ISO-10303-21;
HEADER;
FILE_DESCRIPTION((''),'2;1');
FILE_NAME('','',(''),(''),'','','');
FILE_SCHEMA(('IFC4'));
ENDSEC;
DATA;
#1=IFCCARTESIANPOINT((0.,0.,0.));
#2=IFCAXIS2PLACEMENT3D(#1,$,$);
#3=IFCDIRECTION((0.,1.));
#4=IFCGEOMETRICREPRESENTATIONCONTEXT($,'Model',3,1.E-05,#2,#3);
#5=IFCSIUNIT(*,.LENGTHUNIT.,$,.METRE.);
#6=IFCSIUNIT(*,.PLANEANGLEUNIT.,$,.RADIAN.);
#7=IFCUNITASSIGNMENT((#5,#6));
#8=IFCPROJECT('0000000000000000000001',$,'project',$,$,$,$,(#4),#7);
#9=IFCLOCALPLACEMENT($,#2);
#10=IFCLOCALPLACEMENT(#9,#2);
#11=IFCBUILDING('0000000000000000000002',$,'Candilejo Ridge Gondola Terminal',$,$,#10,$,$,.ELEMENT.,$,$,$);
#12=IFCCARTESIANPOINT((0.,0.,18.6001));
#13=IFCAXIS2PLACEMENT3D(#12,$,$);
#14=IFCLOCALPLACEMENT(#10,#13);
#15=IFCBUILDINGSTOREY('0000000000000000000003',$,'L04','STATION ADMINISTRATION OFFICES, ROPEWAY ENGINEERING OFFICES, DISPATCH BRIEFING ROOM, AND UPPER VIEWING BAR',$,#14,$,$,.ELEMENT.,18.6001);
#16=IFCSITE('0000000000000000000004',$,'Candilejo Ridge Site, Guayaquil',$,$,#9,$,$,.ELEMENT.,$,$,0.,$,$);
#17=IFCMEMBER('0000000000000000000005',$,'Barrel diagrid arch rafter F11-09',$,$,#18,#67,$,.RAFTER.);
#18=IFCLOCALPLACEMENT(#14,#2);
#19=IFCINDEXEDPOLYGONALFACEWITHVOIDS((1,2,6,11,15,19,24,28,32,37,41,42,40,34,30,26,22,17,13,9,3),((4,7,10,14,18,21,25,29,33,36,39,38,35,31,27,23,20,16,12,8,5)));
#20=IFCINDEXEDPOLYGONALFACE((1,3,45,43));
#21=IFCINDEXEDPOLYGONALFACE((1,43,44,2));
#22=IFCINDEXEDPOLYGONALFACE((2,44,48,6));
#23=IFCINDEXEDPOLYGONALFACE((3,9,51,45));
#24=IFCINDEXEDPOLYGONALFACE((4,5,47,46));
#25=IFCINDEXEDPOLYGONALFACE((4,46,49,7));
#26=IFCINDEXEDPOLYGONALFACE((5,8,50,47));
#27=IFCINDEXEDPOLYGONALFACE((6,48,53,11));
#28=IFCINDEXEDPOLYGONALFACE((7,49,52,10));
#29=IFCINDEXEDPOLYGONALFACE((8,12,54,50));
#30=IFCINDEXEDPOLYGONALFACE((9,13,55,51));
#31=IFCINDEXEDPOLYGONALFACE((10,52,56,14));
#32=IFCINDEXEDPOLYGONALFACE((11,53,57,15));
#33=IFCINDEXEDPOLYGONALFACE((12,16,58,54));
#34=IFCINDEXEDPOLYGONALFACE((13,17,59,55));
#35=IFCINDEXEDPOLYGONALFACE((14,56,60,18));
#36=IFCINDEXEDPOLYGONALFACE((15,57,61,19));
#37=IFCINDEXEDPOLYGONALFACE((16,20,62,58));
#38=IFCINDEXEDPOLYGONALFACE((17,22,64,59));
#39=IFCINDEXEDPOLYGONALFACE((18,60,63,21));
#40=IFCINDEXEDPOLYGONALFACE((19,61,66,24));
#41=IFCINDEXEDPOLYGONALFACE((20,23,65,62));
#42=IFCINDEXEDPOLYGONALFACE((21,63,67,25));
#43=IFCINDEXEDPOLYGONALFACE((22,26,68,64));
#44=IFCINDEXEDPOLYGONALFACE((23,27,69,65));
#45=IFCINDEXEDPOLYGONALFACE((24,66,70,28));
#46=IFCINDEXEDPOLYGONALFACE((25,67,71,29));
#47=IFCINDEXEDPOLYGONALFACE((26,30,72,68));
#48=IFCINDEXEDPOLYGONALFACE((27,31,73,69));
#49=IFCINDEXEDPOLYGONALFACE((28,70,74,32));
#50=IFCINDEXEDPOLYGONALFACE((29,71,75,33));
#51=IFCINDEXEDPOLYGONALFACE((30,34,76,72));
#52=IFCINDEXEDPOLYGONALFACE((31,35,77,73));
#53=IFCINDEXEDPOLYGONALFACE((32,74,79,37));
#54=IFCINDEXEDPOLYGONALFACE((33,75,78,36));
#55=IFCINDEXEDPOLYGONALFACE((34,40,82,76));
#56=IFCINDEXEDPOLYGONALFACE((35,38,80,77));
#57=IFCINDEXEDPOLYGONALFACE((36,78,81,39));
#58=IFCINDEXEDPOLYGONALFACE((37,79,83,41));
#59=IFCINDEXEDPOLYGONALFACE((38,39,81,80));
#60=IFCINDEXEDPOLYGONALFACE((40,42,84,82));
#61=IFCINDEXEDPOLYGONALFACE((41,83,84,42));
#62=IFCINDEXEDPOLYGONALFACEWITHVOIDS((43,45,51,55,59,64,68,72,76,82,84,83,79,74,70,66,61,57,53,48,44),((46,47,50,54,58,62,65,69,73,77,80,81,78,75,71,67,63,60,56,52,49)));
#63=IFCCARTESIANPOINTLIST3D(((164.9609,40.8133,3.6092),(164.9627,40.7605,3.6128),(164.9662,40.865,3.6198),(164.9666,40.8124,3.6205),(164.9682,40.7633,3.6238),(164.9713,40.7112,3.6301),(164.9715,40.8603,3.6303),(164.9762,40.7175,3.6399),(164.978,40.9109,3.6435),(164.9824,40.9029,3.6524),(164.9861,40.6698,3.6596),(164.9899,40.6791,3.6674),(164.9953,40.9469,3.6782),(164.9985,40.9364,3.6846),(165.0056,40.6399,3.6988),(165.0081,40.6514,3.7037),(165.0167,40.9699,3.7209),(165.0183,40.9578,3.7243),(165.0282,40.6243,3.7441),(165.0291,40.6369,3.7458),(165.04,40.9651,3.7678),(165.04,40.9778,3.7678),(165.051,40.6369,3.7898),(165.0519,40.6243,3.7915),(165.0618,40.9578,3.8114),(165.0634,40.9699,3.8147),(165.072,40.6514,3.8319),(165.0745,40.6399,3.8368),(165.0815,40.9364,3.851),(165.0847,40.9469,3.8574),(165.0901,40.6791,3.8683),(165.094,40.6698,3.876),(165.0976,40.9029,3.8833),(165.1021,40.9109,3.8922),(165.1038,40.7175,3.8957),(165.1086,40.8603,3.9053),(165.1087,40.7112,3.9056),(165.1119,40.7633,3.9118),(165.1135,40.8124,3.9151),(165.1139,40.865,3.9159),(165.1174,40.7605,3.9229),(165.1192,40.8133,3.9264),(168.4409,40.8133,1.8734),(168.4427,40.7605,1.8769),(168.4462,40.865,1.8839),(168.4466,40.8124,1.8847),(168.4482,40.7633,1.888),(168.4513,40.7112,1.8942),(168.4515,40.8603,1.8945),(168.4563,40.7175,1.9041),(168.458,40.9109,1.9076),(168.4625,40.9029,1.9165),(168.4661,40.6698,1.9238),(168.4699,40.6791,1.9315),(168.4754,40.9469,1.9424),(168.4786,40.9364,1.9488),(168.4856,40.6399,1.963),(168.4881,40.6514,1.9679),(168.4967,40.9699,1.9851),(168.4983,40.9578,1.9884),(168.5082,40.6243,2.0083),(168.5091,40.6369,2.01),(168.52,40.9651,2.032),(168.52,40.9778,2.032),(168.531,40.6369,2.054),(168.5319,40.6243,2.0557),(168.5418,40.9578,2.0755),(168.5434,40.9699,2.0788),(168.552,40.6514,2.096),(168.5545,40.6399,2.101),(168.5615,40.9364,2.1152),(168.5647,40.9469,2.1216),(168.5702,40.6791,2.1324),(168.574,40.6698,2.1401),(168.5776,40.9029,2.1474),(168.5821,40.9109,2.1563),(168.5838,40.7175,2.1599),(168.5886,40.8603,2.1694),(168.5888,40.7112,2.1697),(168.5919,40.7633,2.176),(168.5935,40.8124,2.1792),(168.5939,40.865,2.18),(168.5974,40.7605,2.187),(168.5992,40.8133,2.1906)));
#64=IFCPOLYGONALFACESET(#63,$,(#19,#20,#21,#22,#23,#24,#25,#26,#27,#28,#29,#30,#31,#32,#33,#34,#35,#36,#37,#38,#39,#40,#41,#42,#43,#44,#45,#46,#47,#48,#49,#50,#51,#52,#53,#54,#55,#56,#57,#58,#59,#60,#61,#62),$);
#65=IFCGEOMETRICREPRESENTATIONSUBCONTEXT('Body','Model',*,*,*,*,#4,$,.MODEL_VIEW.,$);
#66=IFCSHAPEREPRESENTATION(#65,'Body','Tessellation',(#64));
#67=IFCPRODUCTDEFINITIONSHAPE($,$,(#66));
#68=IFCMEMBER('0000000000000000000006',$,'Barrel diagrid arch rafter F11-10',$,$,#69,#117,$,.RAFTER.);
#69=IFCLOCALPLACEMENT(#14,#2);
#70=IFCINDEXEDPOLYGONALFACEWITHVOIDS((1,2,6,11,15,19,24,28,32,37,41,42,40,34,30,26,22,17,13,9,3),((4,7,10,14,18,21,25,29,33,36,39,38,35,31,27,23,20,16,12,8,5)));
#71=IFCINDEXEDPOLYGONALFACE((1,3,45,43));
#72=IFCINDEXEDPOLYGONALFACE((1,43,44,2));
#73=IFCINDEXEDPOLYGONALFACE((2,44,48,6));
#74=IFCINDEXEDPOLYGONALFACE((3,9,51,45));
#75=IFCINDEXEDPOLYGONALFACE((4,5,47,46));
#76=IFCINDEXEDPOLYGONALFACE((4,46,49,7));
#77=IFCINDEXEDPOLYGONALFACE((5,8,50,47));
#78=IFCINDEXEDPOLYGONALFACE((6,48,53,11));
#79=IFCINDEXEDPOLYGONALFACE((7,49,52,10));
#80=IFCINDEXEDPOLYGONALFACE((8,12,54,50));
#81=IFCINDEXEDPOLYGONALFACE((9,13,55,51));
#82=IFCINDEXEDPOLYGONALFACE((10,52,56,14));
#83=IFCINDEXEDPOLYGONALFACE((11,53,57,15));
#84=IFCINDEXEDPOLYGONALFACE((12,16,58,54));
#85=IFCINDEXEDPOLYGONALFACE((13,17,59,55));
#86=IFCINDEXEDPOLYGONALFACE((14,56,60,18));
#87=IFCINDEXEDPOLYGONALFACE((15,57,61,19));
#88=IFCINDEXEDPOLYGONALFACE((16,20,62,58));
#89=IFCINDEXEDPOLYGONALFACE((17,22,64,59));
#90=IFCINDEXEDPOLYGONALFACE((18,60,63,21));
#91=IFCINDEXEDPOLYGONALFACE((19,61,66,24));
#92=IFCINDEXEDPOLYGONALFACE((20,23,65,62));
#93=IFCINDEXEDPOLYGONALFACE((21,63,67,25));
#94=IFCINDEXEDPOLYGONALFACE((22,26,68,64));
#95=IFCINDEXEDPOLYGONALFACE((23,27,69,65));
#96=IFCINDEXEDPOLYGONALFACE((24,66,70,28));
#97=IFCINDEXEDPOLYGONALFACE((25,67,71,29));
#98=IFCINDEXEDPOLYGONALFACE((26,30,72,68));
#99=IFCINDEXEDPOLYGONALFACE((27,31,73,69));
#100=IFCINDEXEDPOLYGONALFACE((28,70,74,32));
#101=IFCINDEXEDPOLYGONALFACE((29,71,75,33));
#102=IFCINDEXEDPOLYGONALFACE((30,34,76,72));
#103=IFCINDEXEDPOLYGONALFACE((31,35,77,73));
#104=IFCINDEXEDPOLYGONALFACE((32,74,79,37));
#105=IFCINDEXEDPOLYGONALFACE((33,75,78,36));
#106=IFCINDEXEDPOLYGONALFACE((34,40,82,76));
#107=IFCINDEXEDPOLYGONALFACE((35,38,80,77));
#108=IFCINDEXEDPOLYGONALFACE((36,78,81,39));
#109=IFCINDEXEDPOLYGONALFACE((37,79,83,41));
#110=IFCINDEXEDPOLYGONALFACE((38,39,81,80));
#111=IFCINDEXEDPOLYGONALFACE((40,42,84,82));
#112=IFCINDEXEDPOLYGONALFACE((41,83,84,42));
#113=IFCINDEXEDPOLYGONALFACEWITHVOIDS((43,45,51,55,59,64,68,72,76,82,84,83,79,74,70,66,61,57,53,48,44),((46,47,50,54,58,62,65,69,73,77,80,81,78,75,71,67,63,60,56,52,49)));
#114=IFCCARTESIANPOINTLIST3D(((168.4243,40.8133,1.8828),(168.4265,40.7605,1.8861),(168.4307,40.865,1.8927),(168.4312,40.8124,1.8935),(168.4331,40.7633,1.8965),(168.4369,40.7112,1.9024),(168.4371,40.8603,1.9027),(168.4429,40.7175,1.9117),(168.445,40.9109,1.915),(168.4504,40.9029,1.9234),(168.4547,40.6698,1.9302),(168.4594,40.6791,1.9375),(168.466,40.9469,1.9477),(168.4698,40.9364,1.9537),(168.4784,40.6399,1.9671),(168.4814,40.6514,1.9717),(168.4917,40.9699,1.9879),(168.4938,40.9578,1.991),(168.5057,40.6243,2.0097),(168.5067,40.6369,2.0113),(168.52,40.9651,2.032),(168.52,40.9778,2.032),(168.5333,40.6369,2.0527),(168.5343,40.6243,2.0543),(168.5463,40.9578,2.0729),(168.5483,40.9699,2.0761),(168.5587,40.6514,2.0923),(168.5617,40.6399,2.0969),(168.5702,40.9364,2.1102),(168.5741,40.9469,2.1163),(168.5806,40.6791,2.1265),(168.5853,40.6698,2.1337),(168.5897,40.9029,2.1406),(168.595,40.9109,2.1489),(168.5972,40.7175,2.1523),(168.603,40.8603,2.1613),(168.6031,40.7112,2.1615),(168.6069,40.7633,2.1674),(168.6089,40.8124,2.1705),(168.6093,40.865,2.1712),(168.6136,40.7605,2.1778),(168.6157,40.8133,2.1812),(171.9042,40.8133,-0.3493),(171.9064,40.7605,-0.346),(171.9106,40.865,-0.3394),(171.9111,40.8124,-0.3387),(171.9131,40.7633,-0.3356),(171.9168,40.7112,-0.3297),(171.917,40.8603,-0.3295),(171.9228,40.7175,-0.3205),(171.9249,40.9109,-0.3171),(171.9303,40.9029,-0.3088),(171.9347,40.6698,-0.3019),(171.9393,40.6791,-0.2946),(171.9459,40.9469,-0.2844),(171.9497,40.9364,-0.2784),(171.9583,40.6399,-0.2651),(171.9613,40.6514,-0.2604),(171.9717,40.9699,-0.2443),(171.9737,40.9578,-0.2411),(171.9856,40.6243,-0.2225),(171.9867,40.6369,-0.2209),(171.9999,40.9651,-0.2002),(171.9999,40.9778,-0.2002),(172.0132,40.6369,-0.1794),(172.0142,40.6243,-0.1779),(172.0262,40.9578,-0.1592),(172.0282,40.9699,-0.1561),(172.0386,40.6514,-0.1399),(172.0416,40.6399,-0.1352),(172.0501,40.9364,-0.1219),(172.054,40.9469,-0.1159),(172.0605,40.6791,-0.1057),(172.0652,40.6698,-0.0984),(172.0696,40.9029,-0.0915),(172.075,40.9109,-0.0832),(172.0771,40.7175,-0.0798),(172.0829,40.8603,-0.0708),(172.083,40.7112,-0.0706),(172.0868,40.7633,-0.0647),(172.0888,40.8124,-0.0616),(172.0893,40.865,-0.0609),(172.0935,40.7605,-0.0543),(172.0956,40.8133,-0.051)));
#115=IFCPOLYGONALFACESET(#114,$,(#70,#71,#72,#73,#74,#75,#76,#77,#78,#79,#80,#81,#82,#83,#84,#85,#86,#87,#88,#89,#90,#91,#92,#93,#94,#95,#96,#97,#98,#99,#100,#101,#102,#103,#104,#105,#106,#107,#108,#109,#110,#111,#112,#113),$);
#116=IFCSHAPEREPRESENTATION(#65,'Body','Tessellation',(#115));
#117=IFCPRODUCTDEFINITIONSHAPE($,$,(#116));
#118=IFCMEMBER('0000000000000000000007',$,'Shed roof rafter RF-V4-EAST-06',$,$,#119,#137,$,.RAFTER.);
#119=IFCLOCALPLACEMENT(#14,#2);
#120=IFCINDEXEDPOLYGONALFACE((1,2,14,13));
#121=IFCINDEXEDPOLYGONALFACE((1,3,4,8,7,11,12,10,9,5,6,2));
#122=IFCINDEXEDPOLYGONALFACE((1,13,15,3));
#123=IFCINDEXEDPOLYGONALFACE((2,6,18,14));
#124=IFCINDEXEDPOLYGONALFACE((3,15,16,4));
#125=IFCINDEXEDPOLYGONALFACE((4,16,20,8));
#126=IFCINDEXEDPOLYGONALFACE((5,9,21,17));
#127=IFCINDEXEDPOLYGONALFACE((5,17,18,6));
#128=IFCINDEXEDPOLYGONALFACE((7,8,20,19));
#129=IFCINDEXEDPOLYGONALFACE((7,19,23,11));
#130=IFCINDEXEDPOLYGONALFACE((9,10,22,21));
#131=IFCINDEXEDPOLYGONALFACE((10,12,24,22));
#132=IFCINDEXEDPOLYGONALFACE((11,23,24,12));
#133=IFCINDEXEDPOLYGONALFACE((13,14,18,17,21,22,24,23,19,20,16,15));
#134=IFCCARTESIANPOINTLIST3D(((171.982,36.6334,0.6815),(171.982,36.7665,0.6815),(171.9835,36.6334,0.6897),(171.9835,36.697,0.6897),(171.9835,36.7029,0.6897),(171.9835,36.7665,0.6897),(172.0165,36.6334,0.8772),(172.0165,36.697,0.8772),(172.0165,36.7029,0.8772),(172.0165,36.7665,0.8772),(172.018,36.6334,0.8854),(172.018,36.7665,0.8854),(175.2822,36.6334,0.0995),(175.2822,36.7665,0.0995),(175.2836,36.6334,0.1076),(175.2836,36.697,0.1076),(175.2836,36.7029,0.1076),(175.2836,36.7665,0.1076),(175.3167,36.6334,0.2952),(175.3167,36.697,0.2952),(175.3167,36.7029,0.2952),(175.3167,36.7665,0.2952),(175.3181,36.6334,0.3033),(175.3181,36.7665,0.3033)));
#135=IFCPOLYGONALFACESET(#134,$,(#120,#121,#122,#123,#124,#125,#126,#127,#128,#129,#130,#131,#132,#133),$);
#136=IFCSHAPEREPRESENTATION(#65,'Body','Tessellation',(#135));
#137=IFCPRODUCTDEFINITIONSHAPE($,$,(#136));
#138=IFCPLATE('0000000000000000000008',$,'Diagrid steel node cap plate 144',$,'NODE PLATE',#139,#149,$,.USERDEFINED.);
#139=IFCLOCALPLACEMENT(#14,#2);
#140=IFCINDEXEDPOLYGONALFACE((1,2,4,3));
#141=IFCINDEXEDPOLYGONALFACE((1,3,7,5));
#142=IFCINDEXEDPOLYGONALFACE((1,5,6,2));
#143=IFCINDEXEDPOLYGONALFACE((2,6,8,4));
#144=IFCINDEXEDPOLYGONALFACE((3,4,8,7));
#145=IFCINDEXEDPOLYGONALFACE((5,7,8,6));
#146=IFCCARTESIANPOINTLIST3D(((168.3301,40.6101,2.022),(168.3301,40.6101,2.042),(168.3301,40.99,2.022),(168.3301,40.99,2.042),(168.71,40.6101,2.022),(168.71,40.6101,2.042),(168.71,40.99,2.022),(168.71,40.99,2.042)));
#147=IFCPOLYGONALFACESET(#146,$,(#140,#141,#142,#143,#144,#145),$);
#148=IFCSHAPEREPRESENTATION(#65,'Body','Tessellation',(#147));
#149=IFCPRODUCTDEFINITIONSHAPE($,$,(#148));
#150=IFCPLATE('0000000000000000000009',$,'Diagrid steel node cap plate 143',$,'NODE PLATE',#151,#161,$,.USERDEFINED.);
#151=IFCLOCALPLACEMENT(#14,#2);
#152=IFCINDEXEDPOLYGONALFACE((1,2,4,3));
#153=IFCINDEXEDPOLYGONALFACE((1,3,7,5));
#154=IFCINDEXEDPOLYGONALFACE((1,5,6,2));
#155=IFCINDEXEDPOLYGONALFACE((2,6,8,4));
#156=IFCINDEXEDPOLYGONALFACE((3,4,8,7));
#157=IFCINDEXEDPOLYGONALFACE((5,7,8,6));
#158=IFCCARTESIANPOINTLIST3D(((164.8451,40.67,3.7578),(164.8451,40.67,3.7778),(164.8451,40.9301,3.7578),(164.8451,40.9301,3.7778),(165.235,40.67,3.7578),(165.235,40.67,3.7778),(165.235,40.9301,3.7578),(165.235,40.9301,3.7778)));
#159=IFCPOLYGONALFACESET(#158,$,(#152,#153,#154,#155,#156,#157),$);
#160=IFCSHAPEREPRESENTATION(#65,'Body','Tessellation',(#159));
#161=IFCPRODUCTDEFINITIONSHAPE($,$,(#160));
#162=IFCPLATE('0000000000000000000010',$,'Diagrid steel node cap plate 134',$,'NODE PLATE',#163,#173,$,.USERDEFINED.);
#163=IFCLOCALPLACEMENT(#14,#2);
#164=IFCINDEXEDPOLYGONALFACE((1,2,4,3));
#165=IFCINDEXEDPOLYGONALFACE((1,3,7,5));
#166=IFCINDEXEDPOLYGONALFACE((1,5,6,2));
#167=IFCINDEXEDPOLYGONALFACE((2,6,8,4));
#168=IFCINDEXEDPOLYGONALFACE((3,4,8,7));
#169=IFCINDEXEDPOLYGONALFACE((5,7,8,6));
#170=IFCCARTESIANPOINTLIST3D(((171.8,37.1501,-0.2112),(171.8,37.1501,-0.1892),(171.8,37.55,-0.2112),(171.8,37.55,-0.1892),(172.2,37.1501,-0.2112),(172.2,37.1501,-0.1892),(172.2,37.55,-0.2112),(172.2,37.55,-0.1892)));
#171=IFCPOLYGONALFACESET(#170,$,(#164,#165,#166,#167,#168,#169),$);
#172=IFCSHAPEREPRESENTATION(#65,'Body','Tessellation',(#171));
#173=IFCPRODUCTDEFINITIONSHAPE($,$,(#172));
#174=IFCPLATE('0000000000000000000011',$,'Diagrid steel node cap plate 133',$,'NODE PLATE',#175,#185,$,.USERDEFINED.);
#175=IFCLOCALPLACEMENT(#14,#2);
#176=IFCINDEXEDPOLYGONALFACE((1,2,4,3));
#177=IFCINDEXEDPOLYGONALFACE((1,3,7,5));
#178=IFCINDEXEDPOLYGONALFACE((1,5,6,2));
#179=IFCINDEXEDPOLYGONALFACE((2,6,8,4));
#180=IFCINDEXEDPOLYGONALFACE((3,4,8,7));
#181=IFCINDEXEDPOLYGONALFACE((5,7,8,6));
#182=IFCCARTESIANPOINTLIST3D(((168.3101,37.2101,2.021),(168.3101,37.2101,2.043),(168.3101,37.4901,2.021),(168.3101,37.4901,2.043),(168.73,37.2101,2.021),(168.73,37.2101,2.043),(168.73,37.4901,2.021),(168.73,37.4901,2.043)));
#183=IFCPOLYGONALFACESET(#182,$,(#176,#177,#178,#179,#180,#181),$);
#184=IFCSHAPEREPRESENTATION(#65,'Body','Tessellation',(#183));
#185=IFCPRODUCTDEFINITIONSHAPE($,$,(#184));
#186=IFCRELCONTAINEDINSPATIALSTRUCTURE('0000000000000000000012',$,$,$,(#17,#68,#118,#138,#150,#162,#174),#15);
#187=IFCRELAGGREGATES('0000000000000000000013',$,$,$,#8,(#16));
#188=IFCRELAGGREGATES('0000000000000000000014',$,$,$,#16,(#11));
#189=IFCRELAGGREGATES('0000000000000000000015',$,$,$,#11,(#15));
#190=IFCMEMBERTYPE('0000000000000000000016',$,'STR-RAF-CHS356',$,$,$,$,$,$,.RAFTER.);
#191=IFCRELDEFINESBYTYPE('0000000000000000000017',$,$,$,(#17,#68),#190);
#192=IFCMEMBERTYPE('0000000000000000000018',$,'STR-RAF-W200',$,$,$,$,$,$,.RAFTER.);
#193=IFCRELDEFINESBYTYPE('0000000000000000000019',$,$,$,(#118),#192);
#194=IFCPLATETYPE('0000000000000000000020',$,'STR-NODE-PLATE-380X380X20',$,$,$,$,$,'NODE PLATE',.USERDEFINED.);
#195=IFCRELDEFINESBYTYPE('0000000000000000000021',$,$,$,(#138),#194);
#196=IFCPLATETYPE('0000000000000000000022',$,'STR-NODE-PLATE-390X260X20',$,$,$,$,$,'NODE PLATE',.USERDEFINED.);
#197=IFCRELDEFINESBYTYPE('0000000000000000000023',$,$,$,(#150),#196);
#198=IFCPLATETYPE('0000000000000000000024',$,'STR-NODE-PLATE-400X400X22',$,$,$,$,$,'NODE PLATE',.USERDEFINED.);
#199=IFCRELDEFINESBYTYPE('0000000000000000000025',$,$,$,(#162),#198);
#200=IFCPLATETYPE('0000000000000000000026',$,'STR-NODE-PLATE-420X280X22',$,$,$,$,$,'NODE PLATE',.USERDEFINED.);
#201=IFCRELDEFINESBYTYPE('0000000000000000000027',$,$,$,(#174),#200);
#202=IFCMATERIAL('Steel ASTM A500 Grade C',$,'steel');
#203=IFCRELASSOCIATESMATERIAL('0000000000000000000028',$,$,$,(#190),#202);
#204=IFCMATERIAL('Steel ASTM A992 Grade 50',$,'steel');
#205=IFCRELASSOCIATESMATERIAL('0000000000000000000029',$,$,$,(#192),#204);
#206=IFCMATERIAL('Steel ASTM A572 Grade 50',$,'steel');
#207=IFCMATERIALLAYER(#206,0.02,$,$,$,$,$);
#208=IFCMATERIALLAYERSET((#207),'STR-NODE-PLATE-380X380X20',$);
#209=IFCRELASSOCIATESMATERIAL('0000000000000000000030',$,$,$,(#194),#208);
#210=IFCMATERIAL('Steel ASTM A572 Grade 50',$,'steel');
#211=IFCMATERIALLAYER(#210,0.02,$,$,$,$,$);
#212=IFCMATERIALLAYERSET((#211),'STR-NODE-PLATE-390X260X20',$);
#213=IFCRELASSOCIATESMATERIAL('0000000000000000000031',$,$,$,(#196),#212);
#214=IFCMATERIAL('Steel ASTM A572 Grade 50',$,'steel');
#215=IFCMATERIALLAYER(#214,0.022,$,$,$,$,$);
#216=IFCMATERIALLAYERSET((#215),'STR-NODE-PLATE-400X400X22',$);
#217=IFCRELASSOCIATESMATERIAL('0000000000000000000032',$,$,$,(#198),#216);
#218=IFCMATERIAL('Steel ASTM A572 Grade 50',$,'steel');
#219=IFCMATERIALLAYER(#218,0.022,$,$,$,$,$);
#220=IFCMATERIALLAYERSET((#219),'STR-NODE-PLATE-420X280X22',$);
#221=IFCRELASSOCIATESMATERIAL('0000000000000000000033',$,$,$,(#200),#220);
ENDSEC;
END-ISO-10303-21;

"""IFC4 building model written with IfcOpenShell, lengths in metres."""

from ifc_helpers import new_model, si_unit, direction, frame, origin, origin_2d, place, context, subcontext, project, spatial, rectangle, hollow_circle, i_section, extrude, material, layer, layer_set, material_profile, profile_set, type_object, element, save


model = new_model("IFC4")

# Units and contexts
model_context = context("Model", 3, precision=1e-05, world=origin(), true_north=direction((0.0, 1.0)))
body_context = subcontext(model_context, "Body", "Model", "MODEL_VIEW")
ifc_project = project(units=[si_unit("LENGTHUNIT", "METRE"), si_unit("PLANEANGLEUNIT", "RADIAN")], contexts=[model_context])

# Site, building, storey
site_placement = place(None, origin())
site = spatial("IfcSite", under=ifc_project, at=site_placement, Name="Candilejo Ridge Site, Guayaquil", CompositionType="ELEMENT", RefElevation=0.0)
building_placement = place(site_placement, origin())
building = spatial("IfcBuilding", under=site, at=building_placement, Name="Candilejo Ridge Gondola Terminal", CompositionType="ELEMENT")
storey_placement = place(building_placement, frame((0.0, 0.0, 18.6001)))
storey = spatial("IfcBuildingStorey", under=building, at=storey_placement, Name="L04", Description="STATION ADMINISTRATION OFFICES, ROPEWAY ENGINEERING OFFICES, DISPATCH BRIEFING ROOM, AND UPPER VIEWING BAR", CompositionType="ELEMENT", Elevation=18.6001)

# Members
ifc_material_1 = material(Name="Steel ASTM A500 Grade C", Category="steel")
ifc_material_profile_1 = material_profile(ifc_material_1, hollow_circle(Radius=0.1777, WallThickness=0.0127, at=origin_2d()))
ifc_profile_set_1 = profile_set([ifc_material_profile_1], Name="Steel ASTM A500 Grade C")
member_type_1 = type_object("IfcMemberType", Name="STR-RAF-CHS356", PredefinedType="RAFTER", material=ifc_profile_set_1)
member_1_placement = place(storey_placement, frame((165.04, 40.8, 3.7678), z_axis=(0.894854, 0.0, -0.44636), x_axis=(0.0, 1.0, 0.0)))
element("IfcMember", 1, at=member_1_placement, inside=storey, type_object=member_type_1, Name="Barrel diagrid arch rafter F11-09", PredefinedType="RAFTER", context=body_context, shape_type="SweptSolid", body=[
    extrude(hollow_circle(Radius=0.1777, WallThickness=0.0127, at=origin_2d()), origin(), (0.0, 0.0, 1.0), 3.8889),
])
member_2_placement = place(storey_placement, frame((168.52, 40.8, 2.032), z_axis=(0.841723, 0.0, -0.53991), x_axis=(0.0, 1.0, 0.0)))
element("IfcMember", 2, at=member_2_placement, inside=storey, type_object=member_type_1, Name="Barrel diagrid arch rafter F11-10", PredefinedType="RAFTER", context=body_context, shape_type="SweptSolid", body=[
    extrude(hollow_circle(Radius=0.1777, WallThickness=0.0127, at=origin_2d()), origin(), (0.0, 0.0, 1.0), 4.1343),
])
ifc_material_2 = material(Name="Steel ASTM A992 Grade 50", Category="steel")
ifc_material_profile_2 = material_profile(ifc_material_2, i_section(OverallWidth=0.1331, OverallDepth=0.207, WebThickness=0.0059, FlangeThickness=0.0083, at=origin_2d()))
ifc_profile_set_2 = profile_set([ifc_material_profile_2], Name="Steel ASTM A992 Grade 50")
member_type_2 = type_object("IfcMemberType", Name="STR-RAF-W200", PredefinedType="RAFTER", material=ifc_profile_set_2)
member_3_placement = place(storey_placement, frame((172.0, 36.7, 0.7834), z_axis=(0.9848, 0.0, -0.17369), x_axis=(0.0, 1.0, 0.0)))
element("IfcMember", 3, at=member_3_placement, inside=storey, type_object=member_type_2, Name="Shed roof rafter RF-V4-EAST-06", PredefinedType="RAFTER", context=body_context, shape_type="SweptSolid", body=[
    extrude(i_section(OverallWidth=0.1331, OverallDepth=0.207, WebThickness=0.0059, FlangeThickness=0.0083, at=origin_2d()), origin(), (0.0, 0.0, 1.0), 3.3511),
])

# Plates
ifc_material_3 = material(Name="Steel ASTM A572 Grade 50", Category="steel")
ifc_layer_1 = layer(ifc_material_3, 0.02)
ifc_layer_set_1 = layer_set([ifc_layer_1], Name="STR-NODE-PLATE-380X380X20")
plate_type_1 = type_object("IfcPlateType", Name="STR-NODE-PLATE-380X380X20", ElementType="NODE PLATE", PredefinedType="USERDEFINED", material=ifc_layer_set_1)
plate_1_placement = place(storey_placement, frame((168.52, 40.8, 2.022), z_axis=(0.0, 0.0, 1.0), x_axis=(1.0, 0.0, 0.0)))
element("IfcPlate", 4, at=plate_1_placement, inside=storey, type_object=plate_type_1, Name="Diagrid steel node cap plate 144", ObjectType="NODE PLATE", PredefinedType="USERDEFINED", context=body_context, shape_type="SweptSolid", body=[
    extrude(rectangle(XDim=0.3799, YDim=0.3799, at=origin_2d()), origin(), (0.0, 0.0, 1.0), 0.02),
])
ifc_material_4 = material(Name="Steel ASTM A572 Grade 50", Category="steel")
ifc_layer_2 = layer(ifc_material_4, 0.02)
ifc_layer_set_2 = layer_set([ifc_layer_2], Name="STR-NODE-PLATE-390X260X20")
plate_type_2 = type_object("IfcPlateType", Name="STR-NODE-PLATE-390X260X20", ElementType="NODE PLATE", PredefinedType="USERDEFINED", material=ifc_layer_set_2)
plate_2_placement = place(storey_placement, frame((165.04, 40.8, 3.7578), z_axis=(0.0, 0.0, 1.0), x_axis=(1.0, 0.0, 0.0)))
element("IfcPlate", 5, at=plate_2_placement, inside=storey, type_object=plate_type_2, Name="Diagrid steel node cap plate 143", ObjectType="NODE PLATE", PredefinedType="USERDEFINED", context=body_context, shape_type="SweptSolid", body=[
    extrude(rectangle(XDim=0.3899, YDim=0.26, at=origin_2d()), origin(), (0.0, 0.0, 1.0), 0.02),
])
ifc_material_5 = material(Name="Steel ASTM A572 Grade 50", Category="steel")
ifc_layer_3 = layer(ifc_material_5, 0.022)
ifc_layer_set_3 = layer_set([ifc_layer_3], Name="STR-NODE-PLATE-400X400X22")
plate_type_3 = type_object("IfcPlateType", Name="STR-NODE-PLATE-400X400X22", ElementType="NODE PLATE", PredefinedType="USERDEFINED", material=ifc_layer_set_3)
plate_3_placement = place(storey_placement, frame((172.0, 37.3501, -0.2112), z_axis=(0.0, 0.0, 1.0), x_axis=(1.0, 0.0, 0.0)))
element("IfcPlate", 6, at=plate_3_placement, inside=storey, type_object=plate_type_3, Name="Diagrid steel node cap plate 134", ObjectType="NODE PLATE", PredefinedType="USERDEFINED", context=body_context, shape_type="SweptSolid", body=[
    extrude(rectangle(XDim=0.3999, YDim=0.3999, at=origin_2d()), origin(), (0.0, 0.0, 1.0), 0.022),
])
ifc_material_6 = material(Name="Steel ASTM A572 Grade 50", Category="steel")
ifc_layer_4 = layer(ifc_material_6, 0.022)
ifc_layer_set_4 = layer_set([ifc_layer_4], Name="STR-NODE-PLATE-420X280X22")
plate_type_4 = type_object("IfcPlateType", Name="STR-NODE-PLATE-420X280X22", ElementType="NODE PLATE", PredefinedType="USERDEFINED", material=ifc_layer_set_4)
plate_4_placement = place(storey_placement, frame((168.52, 37.3501, 2.021), z_axis=(0.0, 0.0, 1.0), x_axis=(1.0, 0.0, 0.0)))
element("IfcPlate", 7, at=plate_4_placement, inside=storey, type_object=plate_type_4, Name="Diagrid steel node cap plate 133", ObjectType="NODE PLATE", PredefinedType="USERDEFINED", context=body_context, shape_type="SweptSolid", body=[
    extrude(rectangle(XDim=0.4199, YDim=0.28, at=origin_2d()), origin(), (0.0, 0.0, 1.0), 0.022),
])

save(model, "model.ifc")
